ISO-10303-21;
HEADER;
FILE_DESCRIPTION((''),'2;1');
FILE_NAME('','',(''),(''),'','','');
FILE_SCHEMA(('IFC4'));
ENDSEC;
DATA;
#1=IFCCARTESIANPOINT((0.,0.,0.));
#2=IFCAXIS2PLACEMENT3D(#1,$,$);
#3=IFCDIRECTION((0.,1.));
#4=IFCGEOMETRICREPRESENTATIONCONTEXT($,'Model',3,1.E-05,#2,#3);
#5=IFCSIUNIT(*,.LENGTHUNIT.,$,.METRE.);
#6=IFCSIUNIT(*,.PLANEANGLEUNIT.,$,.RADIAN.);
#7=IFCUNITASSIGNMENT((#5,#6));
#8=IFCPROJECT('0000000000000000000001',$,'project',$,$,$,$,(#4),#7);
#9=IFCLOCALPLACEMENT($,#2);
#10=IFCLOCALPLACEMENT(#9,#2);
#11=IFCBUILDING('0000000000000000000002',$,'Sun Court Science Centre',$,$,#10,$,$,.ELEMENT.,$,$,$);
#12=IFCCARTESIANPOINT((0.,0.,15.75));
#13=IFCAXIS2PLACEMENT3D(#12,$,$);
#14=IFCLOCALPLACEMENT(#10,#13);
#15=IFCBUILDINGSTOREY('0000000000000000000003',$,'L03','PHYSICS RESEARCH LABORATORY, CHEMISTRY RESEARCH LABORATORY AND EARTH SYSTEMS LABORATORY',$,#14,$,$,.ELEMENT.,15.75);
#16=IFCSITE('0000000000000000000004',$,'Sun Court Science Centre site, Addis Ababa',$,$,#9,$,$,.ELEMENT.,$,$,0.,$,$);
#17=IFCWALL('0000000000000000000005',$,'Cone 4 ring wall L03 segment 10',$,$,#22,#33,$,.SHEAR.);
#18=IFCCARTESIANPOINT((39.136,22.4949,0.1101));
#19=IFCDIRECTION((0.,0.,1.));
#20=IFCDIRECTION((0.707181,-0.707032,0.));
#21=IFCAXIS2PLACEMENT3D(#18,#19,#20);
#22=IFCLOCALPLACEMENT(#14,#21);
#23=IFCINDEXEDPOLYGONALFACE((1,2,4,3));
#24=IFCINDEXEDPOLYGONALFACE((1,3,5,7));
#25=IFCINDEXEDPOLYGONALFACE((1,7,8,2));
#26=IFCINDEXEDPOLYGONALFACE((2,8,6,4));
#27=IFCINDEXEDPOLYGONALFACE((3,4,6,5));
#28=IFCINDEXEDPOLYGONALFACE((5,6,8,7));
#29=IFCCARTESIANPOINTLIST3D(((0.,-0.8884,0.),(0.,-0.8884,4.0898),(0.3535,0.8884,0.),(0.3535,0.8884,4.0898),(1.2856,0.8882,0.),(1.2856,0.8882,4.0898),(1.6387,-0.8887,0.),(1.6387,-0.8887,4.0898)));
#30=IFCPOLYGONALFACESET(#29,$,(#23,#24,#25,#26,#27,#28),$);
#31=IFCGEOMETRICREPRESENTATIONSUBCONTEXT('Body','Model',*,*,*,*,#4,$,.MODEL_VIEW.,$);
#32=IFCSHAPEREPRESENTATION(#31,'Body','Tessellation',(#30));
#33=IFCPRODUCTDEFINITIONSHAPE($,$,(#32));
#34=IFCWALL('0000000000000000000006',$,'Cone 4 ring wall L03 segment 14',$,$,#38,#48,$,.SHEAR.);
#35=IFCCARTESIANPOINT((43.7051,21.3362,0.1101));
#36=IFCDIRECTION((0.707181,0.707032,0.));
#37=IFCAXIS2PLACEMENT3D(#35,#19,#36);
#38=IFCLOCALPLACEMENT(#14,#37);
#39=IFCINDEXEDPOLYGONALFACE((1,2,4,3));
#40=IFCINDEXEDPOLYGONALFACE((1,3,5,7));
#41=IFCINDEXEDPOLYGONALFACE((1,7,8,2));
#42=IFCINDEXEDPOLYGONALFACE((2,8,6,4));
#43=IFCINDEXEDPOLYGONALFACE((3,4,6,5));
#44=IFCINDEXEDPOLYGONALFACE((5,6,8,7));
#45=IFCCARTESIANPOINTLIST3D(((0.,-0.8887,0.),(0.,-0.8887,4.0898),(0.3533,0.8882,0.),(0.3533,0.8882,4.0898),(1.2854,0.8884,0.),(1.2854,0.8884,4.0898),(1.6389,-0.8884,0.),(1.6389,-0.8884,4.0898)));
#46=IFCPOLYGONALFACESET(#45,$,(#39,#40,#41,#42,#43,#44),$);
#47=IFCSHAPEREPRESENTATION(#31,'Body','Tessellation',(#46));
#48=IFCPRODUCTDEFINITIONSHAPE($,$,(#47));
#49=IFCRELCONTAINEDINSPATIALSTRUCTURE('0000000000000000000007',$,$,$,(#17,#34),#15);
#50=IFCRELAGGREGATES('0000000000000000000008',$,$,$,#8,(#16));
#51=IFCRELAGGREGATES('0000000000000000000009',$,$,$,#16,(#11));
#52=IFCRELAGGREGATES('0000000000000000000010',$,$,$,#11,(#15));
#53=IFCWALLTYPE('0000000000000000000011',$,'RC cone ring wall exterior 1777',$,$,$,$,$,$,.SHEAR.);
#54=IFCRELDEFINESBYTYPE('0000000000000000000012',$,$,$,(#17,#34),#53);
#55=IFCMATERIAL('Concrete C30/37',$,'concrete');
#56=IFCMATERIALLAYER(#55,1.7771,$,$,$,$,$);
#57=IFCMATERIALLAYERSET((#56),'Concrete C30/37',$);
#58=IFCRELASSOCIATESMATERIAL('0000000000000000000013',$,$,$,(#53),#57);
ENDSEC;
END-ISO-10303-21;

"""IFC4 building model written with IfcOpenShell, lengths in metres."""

from ifc_helpers import new_model, si_unit, direction, frame, origin, place, context, subcontext, project, spatial, polyline, outline, extrude, material, layer, layer_set, type_object, element, save


model = new_model("IFC4")

# Units and contexts
model_context = context("Model", 3, precision=1e-05, world=origin(), true_north=direction((0.0, 1.0)))
body_context = subcontext(model_context, "Body", "Model", "MODEL_VIEW")
ifc_project = project(units=[si_unit("LENGTHUNIT", "METRE"), si_unit("PLANEANGLEUNIT", "RADIAN")], contexts=[model_context])

# Site, building, storey
site_placement = place(None, origin())
site = spatial("IfcSite", under=ifc_project, at=site_placement, Name="Sun Court Science Centre site, Addis Ababa", CompositionType="ELEMENT", RefElevation=0.0)
building_placement = place(site_placement, origin())
building = spatial("IfcBuilding", under=site, at=building_placement, Name="Sun Court Science Centre", CompositionType="ELEMENT")
storey_placement = place(building_placement, frame((0.0, 0.0, 15.75)))
storey = spatial("IfcBuildingStorey", under=building, at=storey_placement, Name="L03", Description="PHYSICS RESEARCH LABORATORY, CHEMISTRY RESEARCH LABORATORY AND EARTH SYSTEMS LABORATORY", CompositionType="ELEMENT", Elevation=15.75)

# Walls
ifc_material_1 = material(Name="Concrete C30/37", Category="concrete")
ifc_layer_1 = layer(ifc_material_1, 1.7771)
ifc_layer_set_1 = layer_set([ifc_layer_1], Name="Concrete C30/37")
wall_type_1 = type_object("IfcWallType", Name="RC cone ring wall exterior 1777", PredefinedType="SHEAR", material=ifc_layer_set_1)
wall_1_placement = place(storey_placement, frame((39.136, 22.4949, 0.1101), z_axis=(0.0, 0.0, 1.0), x_axis=(0.707181, -0.707032, 0.0)))
element("IfcWall", 1, at=wall_1_placement, inside=storey, type_object=wall_type_1, Name="Cone 4 ring wall L03 segment 10", PredefinedType="SHEAR", context=body_context, shape_type="SweptSolid", body=[
    extrude(outline(polyline([(0.0, -0.8884), (1.6387, -0.8887), (1.2856, 0.8882), (0.3535, 0.8884), (0.0, -0.8884)])), origin(), (0.0, 0.0, 1.0), 4.0898),
])
wall_2_placement = place(storey_placement, frame((43.7051, 21.3362, 0.1101), z_axis=(0.0, 0.0, 1.0), x_axis=(0.707181, 0.707032, 0.0)))
element("IfcWall", 2, at=wall_2_placement, inside=storey, type_object=wall_type_1, Name="Cone 4 ring wall L03 segment 14", PredefinedType="SHEAR", context=body_context, shape_type="SweptSolid", body=[
    extrude(outline(polyline([(0.0, -0.8887), (1.6389, -0.8884), (1.2854, 0.8884), (0.3533, 0.8882), (0.0, -0.8887)])), origin(), (0.0, 0.0, 1.0), 4.0898),
])

save(model, "model.ifc")
